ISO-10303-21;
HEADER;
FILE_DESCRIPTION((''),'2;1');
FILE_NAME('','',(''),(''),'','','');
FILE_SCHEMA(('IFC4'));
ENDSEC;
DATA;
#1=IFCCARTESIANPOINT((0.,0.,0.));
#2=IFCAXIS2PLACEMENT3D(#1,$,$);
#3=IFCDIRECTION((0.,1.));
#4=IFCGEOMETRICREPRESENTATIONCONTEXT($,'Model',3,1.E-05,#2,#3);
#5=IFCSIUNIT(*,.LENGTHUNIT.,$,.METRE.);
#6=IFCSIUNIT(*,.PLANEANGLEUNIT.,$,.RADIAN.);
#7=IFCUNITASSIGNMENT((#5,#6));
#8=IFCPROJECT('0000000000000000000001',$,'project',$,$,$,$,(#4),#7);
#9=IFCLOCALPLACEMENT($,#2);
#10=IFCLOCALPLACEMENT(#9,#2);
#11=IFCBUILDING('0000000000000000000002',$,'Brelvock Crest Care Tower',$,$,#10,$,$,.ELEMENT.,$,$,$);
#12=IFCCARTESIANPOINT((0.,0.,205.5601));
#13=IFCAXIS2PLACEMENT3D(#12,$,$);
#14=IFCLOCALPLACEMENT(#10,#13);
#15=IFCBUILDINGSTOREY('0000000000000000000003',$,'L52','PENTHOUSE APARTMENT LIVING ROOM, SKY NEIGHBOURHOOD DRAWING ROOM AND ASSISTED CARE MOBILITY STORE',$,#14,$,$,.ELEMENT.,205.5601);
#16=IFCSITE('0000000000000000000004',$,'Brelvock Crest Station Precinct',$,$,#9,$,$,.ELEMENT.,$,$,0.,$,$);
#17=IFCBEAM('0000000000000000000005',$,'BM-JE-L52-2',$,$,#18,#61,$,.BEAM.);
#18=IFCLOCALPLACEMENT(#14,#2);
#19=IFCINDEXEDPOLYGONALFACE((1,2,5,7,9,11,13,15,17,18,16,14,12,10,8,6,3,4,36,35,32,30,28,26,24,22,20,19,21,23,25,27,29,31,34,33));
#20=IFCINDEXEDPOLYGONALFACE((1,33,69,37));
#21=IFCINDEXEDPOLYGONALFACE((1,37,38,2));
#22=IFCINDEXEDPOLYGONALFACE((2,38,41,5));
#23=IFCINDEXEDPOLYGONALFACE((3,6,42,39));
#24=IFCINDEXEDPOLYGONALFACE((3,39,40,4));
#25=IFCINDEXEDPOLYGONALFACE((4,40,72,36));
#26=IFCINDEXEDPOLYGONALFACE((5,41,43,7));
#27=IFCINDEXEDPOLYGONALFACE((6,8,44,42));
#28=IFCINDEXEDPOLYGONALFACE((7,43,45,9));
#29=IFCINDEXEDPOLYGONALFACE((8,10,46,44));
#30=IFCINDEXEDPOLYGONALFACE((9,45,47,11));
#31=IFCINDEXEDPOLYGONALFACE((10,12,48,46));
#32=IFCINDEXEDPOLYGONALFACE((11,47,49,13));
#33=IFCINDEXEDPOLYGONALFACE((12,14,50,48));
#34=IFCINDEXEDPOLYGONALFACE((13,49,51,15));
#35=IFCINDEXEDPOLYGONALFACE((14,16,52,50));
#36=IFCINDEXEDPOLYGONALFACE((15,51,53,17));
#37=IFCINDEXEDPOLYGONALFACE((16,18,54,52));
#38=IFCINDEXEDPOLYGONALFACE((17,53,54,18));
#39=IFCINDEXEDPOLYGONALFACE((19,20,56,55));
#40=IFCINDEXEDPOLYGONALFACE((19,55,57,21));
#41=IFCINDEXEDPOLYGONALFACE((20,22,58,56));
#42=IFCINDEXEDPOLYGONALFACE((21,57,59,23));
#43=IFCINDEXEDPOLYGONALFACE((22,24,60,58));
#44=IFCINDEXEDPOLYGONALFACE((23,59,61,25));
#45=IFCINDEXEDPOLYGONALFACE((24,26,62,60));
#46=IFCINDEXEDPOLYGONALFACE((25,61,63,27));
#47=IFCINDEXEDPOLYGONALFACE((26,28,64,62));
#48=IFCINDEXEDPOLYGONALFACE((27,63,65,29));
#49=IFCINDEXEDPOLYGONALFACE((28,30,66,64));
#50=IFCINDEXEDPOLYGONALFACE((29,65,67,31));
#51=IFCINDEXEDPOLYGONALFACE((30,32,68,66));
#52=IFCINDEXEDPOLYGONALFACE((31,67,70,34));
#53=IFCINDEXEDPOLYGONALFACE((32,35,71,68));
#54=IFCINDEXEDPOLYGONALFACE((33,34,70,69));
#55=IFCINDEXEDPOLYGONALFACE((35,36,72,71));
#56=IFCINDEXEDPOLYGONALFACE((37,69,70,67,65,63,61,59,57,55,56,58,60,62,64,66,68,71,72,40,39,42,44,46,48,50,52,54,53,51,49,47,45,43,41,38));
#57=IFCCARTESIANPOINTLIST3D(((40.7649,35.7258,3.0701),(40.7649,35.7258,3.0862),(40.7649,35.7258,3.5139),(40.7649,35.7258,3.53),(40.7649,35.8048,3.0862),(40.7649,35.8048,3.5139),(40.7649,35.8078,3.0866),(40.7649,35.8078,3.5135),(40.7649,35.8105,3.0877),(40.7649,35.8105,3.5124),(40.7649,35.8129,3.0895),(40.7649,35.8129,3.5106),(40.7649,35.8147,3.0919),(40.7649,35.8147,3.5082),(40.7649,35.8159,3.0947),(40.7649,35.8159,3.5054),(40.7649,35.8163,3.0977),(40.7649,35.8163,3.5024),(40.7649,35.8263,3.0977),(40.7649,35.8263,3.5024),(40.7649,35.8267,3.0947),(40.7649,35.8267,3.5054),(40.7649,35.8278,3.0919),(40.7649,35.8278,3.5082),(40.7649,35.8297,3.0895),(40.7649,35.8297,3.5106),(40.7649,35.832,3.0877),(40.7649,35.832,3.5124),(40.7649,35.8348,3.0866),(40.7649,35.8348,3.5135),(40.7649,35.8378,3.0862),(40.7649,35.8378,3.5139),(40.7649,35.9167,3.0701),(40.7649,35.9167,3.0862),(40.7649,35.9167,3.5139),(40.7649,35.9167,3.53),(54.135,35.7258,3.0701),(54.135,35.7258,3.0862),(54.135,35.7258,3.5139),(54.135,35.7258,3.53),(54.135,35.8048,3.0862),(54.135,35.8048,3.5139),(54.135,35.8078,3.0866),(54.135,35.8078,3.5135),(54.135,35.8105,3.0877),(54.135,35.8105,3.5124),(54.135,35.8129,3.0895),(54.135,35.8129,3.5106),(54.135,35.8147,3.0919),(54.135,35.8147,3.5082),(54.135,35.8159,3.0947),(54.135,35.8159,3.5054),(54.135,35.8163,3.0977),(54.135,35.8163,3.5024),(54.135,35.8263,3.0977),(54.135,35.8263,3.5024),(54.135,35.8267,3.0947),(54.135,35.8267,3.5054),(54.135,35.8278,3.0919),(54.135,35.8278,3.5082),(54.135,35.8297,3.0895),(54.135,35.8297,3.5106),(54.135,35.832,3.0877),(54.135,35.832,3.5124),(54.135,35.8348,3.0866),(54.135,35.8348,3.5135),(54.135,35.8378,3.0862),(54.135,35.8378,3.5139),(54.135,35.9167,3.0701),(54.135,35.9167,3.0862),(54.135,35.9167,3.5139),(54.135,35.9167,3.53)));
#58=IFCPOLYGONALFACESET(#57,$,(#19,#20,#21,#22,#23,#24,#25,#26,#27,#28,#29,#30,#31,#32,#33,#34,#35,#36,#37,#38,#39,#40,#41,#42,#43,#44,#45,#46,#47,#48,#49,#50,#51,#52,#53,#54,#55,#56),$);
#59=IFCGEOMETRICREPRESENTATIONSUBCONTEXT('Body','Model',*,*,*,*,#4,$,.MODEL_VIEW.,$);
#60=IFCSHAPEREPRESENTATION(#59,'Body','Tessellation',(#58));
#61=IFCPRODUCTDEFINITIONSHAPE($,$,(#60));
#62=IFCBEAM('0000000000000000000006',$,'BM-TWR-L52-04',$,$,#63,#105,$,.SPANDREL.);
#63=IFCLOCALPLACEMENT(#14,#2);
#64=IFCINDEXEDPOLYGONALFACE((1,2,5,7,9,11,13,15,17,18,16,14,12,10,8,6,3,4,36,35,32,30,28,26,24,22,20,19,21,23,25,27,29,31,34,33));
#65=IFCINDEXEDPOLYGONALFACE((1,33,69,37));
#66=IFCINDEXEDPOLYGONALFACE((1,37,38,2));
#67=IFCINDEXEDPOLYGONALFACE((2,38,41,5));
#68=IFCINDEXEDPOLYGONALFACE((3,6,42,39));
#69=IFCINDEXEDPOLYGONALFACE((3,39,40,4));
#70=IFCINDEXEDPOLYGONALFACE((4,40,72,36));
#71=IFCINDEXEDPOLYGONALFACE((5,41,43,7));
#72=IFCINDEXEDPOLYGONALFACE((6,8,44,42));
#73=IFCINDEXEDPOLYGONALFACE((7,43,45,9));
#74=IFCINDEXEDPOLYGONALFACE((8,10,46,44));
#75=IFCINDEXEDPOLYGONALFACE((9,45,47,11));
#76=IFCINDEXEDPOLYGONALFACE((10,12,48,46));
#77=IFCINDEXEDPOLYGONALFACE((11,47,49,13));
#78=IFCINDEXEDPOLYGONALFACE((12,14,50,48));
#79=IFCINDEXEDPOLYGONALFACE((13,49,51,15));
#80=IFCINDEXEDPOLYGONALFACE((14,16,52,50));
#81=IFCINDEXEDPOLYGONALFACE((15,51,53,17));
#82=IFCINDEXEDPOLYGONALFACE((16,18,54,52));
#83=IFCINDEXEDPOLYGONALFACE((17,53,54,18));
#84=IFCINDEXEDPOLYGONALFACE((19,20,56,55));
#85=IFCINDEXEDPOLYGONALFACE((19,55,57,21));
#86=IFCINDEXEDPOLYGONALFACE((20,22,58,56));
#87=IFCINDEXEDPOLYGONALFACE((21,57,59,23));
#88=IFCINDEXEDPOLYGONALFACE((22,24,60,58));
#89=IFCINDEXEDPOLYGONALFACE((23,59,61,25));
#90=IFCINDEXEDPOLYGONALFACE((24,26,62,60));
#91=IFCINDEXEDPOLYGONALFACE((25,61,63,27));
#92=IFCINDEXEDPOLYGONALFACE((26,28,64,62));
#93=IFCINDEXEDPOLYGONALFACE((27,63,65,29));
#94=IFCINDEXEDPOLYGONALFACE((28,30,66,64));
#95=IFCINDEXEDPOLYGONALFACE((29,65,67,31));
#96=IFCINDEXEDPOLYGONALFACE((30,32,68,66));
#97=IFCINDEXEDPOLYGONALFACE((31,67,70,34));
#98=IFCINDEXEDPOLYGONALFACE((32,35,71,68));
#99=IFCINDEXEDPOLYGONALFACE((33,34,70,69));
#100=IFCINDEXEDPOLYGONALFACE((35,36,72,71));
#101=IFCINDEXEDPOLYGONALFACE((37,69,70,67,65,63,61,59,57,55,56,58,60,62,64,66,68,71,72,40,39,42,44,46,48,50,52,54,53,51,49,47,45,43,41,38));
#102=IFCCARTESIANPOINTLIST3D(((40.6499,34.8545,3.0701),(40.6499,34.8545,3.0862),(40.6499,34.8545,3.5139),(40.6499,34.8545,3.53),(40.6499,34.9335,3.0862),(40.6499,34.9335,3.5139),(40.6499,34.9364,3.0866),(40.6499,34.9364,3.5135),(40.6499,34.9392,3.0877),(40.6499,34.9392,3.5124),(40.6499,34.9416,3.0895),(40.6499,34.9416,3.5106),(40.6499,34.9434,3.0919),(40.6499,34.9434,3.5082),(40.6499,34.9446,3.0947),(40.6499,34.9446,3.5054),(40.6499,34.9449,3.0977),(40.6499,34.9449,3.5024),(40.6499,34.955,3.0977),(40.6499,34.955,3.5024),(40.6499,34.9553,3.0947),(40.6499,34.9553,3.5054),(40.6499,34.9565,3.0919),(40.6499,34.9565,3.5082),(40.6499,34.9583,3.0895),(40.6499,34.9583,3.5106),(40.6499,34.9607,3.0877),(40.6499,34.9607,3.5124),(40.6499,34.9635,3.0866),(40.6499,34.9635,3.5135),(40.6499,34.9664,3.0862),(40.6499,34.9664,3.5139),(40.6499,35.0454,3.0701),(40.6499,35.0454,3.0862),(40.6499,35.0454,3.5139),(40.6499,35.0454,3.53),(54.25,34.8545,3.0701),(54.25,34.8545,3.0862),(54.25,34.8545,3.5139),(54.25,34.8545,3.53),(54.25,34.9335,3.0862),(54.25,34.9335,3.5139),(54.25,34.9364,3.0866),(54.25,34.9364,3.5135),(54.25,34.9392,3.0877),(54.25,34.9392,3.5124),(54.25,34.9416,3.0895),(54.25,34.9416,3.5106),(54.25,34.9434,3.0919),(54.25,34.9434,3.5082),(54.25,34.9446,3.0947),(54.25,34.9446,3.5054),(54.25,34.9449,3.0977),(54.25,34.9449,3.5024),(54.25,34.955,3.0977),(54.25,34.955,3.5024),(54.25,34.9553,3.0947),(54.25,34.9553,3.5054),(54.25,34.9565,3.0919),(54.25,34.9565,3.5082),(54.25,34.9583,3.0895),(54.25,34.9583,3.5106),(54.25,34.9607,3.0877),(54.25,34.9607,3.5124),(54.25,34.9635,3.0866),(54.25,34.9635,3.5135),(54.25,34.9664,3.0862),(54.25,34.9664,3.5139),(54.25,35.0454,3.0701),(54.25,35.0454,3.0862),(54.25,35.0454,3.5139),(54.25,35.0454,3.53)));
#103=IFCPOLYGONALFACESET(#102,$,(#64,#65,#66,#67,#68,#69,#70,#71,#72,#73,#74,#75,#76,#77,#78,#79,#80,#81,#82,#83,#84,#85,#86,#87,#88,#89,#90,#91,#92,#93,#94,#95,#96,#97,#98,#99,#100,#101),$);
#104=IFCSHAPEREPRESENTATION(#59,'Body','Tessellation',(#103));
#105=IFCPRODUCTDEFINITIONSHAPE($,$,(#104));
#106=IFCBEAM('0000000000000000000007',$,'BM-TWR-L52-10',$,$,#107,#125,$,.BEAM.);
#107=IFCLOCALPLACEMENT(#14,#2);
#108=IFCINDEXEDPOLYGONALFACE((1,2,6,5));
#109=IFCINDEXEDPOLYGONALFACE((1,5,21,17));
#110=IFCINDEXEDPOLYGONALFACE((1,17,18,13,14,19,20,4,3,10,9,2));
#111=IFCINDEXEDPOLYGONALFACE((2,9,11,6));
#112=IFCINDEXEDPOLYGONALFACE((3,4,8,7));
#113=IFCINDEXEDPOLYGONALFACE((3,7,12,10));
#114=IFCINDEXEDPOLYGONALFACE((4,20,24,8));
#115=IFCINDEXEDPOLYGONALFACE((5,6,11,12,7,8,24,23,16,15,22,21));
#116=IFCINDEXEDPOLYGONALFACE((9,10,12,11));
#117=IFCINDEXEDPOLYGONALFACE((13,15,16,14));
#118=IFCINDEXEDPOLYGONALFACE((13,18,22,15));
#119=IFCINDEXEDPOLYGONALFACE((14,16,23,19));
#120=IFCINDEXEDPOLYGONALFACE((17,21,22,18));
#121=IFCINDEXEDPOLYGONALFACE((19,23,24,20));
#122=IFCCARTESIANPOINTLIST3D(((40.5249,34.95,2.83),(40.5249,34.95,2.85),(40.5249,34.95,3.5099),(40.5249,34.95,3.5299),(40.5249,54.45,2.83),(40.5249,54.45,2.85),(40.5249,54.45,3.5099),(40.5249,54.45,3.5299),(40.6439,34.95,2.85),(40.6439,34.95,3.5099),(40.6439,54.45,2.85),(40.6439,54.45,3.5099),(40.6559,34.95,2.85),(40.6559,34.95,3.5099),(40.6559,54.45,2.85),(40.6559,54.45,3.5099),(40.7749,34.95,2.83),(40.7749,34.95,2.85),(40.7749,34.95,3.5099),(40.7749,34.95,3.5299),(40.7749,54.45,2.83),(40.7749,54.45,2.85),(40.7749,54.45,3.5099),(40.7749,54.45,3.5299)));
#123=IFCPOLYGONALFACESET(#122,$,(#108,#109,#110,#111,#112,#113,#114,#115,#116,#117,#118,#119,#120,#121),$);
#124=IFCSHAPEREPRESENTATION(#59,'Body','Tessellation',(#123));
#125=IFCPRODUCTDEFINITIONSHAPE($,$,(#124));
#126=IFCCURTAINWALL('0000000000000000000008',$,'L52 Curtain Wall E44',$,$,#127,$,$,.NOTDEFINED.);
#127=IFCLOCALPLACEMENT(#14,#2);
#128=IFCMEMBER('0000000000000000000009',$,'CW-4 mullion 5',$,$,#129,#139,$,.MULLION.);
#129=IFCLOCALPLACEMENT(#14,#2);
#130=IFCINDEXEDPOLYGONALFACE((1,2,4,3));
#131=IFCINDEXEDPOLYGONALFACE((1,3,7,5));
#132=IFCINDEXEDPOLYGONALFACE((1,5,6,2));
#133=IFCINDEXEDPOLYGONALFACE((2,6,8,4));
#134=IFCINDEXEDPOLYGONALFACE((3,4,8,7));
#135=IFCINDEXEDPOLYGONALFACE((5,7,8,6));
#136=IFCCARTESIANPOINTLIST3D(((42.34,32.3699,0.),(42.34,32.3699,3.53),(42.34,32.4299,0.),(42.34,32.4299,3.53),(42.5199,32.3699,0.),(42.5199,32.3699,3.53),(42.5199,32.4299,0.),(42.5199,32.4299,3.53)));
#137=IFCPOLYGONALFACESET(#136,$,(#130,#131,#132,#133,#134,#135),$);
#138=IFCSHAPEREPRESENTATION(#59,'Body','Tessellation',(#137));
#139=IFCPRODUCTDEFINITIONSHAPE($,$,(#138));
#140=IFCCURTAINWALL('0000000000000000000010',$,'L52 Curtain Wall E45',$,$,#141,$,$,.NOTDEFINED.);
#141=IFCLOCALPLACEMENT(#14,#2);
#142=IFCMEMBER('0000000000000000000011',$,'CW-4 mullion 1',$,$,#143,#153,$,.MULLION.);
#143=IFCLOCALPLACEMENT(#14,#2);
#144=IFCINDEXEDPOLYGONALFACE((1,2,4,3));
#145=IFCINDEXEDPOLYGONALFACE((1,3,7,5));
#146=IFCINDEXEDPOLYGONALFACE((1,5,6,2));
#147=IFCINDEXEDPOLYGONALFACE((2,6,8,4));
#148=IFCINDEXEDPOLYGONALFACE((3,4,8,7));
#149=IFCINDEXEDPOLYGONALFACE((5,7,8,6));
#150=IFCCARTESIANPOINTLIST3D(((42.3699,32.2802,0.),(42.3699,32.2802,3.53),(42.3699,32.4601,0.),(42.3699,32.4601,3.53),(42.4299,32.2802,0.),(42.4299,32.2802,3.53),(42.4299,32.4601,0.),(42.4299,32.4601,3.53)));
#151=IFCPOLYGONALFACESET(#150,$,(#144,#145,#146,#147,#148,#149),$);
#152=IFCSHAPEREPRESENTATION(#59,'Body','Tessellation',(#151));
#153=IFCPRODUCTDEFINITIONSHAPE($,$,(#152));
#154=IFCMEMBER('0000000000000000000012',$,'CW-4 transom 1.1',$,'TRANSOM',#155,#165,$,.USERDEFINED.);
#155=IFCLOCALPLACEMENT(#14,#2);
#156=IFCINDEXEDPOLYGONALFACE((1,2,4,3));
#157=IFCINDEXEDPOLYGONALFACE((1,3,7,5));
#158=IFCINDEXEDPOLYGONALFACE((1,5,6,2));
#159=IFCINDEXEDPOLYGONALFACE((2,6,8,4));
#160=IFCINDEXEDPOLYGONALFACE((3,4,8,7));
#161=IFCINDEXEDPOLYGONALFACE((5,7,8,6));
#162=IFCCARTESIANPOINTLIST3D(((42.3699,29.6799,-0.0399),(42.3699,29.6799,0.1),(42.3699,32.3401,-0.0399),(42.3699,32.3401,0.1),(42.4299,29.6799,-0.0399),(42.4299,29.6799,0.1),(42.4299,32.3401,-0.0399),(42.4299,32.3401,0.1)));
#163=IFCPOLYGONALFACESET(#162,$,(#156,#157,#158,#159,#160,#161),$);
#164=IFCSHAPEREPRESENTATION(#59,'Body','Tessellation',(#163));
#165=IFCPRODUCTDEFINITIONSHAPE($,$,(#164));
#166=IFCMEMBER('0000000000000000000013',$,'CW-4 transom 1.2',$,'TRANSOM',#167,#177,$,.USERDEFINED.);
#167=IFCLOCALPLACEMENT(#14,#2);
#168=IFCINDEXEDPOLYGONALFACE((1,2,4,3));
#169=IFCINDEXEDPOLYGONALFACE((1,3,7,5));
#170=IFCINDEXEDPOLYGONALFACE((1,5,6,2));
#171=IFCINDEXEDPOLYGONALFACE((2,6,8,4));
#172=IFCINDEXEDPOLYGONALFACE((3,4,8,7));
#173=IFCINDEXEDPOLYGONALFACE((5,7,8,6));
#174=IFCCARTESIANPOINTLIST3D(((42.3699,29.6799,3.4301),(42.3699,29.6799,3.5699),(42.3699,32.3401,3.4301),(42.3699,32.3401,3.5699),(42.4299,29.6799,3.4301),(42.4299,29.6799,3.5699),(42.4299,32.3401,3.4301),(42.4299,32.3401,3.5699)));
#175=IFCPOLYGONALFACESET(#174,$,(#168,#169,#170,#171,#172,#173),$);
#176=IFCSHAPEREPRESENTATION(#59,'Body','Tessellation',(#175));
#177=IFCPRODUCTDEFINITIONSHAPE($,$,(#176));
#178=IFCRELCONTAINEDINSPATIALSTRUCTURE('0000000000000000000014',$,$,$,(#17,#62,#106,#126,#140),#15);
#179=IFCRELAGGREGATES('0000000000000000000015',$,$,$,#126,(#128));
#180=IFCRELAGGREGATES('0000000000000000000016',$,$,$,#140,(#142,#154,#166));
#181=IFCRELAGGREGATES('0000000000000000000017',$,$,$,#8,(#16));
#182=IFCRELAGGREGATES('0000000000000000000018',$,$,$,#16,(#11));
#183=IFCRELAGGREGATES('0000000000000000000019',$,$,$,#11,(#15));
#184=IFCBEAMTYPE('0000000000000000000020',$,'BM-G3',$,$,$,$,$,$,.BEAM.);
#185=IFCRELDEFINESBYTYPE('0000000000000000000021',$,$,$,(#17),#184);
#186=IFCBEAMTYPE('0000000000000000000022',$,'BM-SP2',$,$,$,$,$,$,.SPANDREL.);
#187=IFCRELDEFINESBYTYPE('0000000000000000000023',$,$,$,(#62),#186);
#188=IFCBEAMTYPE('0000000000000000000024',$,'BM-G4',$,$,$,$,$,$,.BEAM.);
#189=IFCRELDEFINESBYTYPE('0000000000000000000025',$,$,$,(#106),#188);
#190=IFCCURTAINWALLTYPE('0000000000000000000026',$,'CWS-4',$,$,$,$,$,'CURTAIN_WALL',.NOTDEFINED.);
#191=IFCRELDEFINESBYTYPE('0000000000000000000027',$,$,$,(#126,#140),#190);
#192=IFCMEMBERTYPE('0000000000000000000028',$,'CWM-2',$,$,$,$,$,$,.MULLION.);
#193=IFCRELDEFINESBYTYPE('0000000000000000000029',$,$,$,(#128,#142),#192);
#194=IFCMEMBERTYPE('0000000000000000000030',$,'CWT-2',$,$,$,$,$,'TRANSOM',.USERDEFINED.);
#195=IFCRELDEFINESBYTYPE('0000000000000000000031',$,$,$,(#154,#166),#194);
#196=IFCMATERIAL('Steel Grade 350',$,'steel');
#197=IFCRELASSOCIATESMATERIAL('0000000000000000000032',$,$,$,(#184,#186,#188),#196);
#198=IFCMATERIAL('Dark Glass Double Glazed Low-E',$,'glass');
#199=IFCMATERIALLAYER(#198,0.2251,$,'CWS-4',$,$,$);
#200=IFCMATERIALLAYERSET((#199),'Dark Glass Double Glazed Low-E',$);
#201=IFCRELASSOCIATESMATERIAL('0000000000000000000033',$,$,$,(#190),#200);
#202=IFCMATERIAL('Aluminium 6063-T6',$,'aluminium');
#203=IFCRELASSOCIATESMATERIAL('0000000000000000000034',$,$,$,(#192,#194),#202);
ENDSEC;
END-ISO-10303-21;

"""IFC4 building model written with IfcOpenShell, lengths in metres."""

from ifc_helpers import new_model, si_unit, direction, frame, origin, origin_2d, place, context, subcontext, project, spatial, rectangle, i_section, extrude, source, transform, mapped, material, layer, layer_set, material_profile, profile_set, type_object, element, aggregate, save


model = new_model("IFC4")

# Units and contexts
model_context = context("Model", 3, precision=1e-05, world=origin(), true_north=direction((0.0, 1.0)))
body_context = subcontext(model_context, "Body", "Model", "MODEL_VIEW")
ifc_project = project(units=[si_unit("LENGTHUNIT", "METRE"), si_unit("PLANEANGLEUNIT", "RADIAN")], contexts=[model_context])

# Site, building, storey
site_placement = place(None, origin())
site = spatial("IfcSite", under=ifc_project, at=site_placement, Name="Brelvock Crest Station Precinct", CompositionType="ELEMENT", RefElevation=0.0)
building_placement = place(site_placement, origin())
building = spatial("IfcBuilding", under=site, at=building_placement, Name="Brelvock Crest Care Tower", CompositionType="ELEMENT")
storey_placement = place(building_placement, frame((0.0, 0.0, 205.5601)))
storey = spatial("IfcBuildingStorey", under=building, at=storey_placement, Name="L52", Description="PENTHOUSE APARTMENT LIVING ROOM, SKY NEIGHBOURHOOD DRAWING ROOM AND ASSISTED CARE MOBILITY STORE", CompositionType="ELEMENT", Elevation=205.5601)

# Shared definitions
ifc_material_1 = material(Name="Steel Grade 350", Category="steel")

# Beams
ifc_material_profile_1 = material_profile(ifc_material_1, i_section(OverallWidth=0.1909, OverallDepth=0.46, WebThickness=0.01, FlangeThickness=0.0161, FilletRadius=0.0115, at=origin_2d()), Name="460UB82.1")
ifc_profile_set_1 = profile_set([ifc_material_profile_1], Name="Steel Grade 350")
beam_type_1 = type_object("IfcBeamType", Name="BM-G3", PredefinedType="BEAM", material=ifc_profile_set_1)
shared_shape_1 = source(origin(), body_context, "Body", "SweptSolid", [
    extrude(i_section(OverallWidth=0.1909, OverallDepth=0.46, WebThickness=0.01, FlangeThickness=0.0161, FilletRadius=0.0115, at=origin_2d()), origin(), (0.0, 0.0, 1.0), 13.3701),
])
beam_1_placement = place(storey_placement, frame((40.7649, 35.8213, 3.3), z_axis=(1.0, 0.0, 0.0), x_axis=(0.0, 1.0, 0.0)))
element("IfcBeam", 1, at=beam_1_placement, inside=storey, type_object=beam_type_1, Name="BM-JE-L52-2", PredefinedType="BEAM", context=body_context, shape_type="MappedRepresentation", body=[
    mapped(shared_shape_1, transform((0.0, 0.0, 0.0), x_axis=(1.0, 0.0, 0.0), y_axis=(0.0, 1.0, 0.0), z_axis=(0.0, 0.0, 1.0), scale=1.0)),
])
ifc_material_profile_2 = material_profile(ifc_material_1, i_section(OverallWidth=0.1909, OverallDepth=0.46, WebThickness=0.01, FlangeThickness=0.0161, FilletRadius=0.0115, at=origin_2d()), Name="460UB82.1")
ifc_profile_set_2 = profile_set([ifc_material_profile_2], Name="Steel Grade 350")
beam_type_2 = type_object("IfcBeamType", Name="BM-SP2", PredefinedType="SPANDREL", material=ifc_profile_set_2)
shared_shape_2 = source(origin(), body_context, "Body", "SweptSolid", [
    extrude(i_section(OverallWidth=0.1909, OverallDepth=0.46, WebThickness=0.01, FlangeThickness=0.0161, FilletRadius=0.0115, at=origin_2d()), origin(), (0.0, 0.0, 1.0), 13.6001),
])
beam_2_placement = place(storey_placement, frame((40.6499, 34.95, 3.3), z_axis=(1.0, 0.0, 0.0), x_axis=(0.0, 1.0, 0.0)))
element("IfcBeam", 2, at=beam_2_placement, inside=storey, type_object=beam_type_2, Name="BM-TWR-L52-04", PredefinedType="SPANDREL", context=body_context, shape_type="MappedRepresentation", body=[
    mapped(shared_shape_2, transform((0.0, 0.0, 0.0), x_axis=(1.0, 0.0, 0.0), y_axis=(0.0, 1.0, 0.0), z_axis=(0.0, 0.0, 1.0), scale=1.0)),
])
ifc_material_profile_3 = material_profile(ifc_material_1, i_section(OverallWidth=0.25, OverallDepth=0.7, WebThickness=0.012, FlangeThickness=0.02, at=origin_2d()), Name="700WB150")
ifc_profile_set_3 = profile_set([ifc_material_profile_3], Name="Steel Grade 350")
beam_type_3 = type_object("IfcBeamType", Name="BM-G4", PredefinedType="BEAM", material=ifc_profile_set_3)
shared_shape_3 = source(origin(), body_context, "Body", "SweptSolid", [
    extrude(i_section(OverallWidth=0.25, OverallDepth=0.7, WebThickness=0.012, FlangeThickness=0.02, at=origin_2d()), origin(), (0.0, 0.0, 1.0), 19.5),
])
beam_3_placement = place(storey_placement, frame((40.6499, 34.95, 3.1799), z_axis=(0.0, 1.0, 0.0), x_axis=(-1.0, 0.0, 0.0)))
element("IfcBeam", 3, at=beam_3_placement, inside=storey, type_object=beam_type_3, Name="BM-TWR-L52-10", PredefinedType="BEAM", context=body_context, shape_type="MappedRepresentation", body=[
    mapped(shared_shape_3, transform((0.0, 0.0, 0.0), x_axis=(1.0, 0.0, 0.0), y_axis=(0.0, 1.0, 0.0), z_axis=(0.0, 0.0, 1.0), scale=1.0)),
])

# Curtain wall, member
ifc_material_2 = material(Name="Dark Glass Double Glazed Low-E", Category="glass")
ifc_layer_1 = layer(ifc_material_2, 0.2251, Name="CWS-4")
ifc_layer_set_1 = layer_set([ifc_layer_1], Name="Dark Glass Double Glazed Low-E")
curtain_wall_type = type_object("IfcCurtainWallType", Name="CWS-4", ElementType="CURTAIN_WALL", PredefinedType="NOTDEFINED", material=ifc_layer_set_1)
curtain_wall_1_placement = place(storey_placement, origin())
curtain_wall_1 = element("IfcCurtainWall", 4, at=curtain_wall_1_placement, inside=storey, type_object=curtain_wall_type, Name="L52 Curtain Wall E44", PredefinedType="NOTDEFINED")
ifc_material_3 = material(Name="Aluminium 6063-T6", Category="aluminium")
ifc_material_profile_4 = material_profile(ifc_material_3, rectangle(XDim=0.0601, YDim=0.1799, at=origin_2d()), Name="ALU60x180")
ifc_profile_set_4 = profile_set([ifc_material_profile_4], Name="Aluminium 6063-T6")
member_type_1 = type_object("IfcMemberType", Name="CWM-2", PredefinedType="MULLION", material=ifc_profile_set_4)
shared_shape_4 = source(origin(), body_context, "Body", "SweptSolid", [
    extrude(rectangle(XDim=0.0601, YDim=0.1799, at=origin_2d()), origin(), (0.0, 0.0, 1.0), 3.53),
])
member_1_placement = place(storey_placement, frame((42.4299, 32.3999, 0.0), z_axis=(0.0, 0.0, 1.0), x_axis=(0.0, -1.0, 0.0)))
member_1 = element("IfcMember", 5, at=member_1_placement, type_object=member_type_1, Name="CW-4 mullion 5", PredefinedType="MULLION", context=body_context, shape_type="MappedRepresentation", body=[
    mapped(shared_shape_4, transform((0.0, 0.0, 0.0), x_axis=(1.0, 0.0, 0.0), y_axis=(0.0, 1.0, 0.0), z_axis=(0.0, 0.0, 1.0), scale=1.0)),
])
aggregate(curtain_wall_1, [member_1])

# Curtain wall, members
curtain_wall_2_placement = place(storey_placement, origin())
curtain_wall_2 = element("IfcCurtainWall", 6, at=curtain_wall_2_placement, inside=storey, type_object=curtain_wall_type, Name="L52 Curtain Wall E45", PredefinedType="NOTDEFINED")
member_2_placement = place(storey_placement, frame((42.3999, 32.3701, 0.0), z_axis=(0.0, 0.0, 1.0), x_axis=(1.0, 0.0, 0.0)))
member_2 = element("IfcMember", 7, at=member_2_placement, type_object=member_type_1, Name="CW-4 mullion 1", PredefinedType="MULLION", context=body_context, shape_type="MappedRepresentation", body=[
    mapped(shared_shape_4, transform((0.0, 0.0, 0.0), x_axis=(1.0, 0.0, 0.0), y_axis=(0.0, 1.0, 0.0), z_axis=(0.0, 0.0, 1.0), scale=1.0)),
])
ifc_material_profile_5 = material_profile(ifc_material_3, rectangle(XDim=0.0601, YDim=0.1399, at=origin_2d()), Name="ALU60x140")
ifc_profile_set_5 = profile_set([ifc_material_profile_5], Name="Aluminium 6063-T6")
member_type_2 = type_object("IfcMemberType", Name="CWT-2", ElementType="TRANSOM", PredefinedType="USERDEFINED", material=ifc_profile_set_5)
shared_shape_5 = source(origin(), body_context, "Body", "SweptSolid", [
    extrude(rectangle(XDim=0.0601, YDim=0.1399, at=origin_2d()), origin(), (0.0, 0.0, 1.0), 2.6602),
])
member_3_placement = place(storey_placement, frame((42.3999, 32.3401, 0.03), z_axis=(0.0, -1.0, 0.0), x_axis=(1.0, 0.0, 0.0)))
member_3 = element("IfcMember", 8, at=member_3_placement, type_object=member_type_2, Name="CW-4 transom 1.1", ObjectType="TRANSOM", PredefinedType="USERDEFINED", context=body_context, shape_type="MappedRepresentation", body=[
    mapped(shared_shape_5, transform((0.0, 0.0, 0.0), x_axis=(1.0, 0.0, 0.0), y_axis=(0.0, 1.0, 0.0), z_axis=(0.0, 0.0, 1.0), scale=1.0)),
])
member_4_placement = place(storey_placement, frame((42.3999, 32.3401, 3.5), z_axis=(0.0, -1.0, 0.0), x_axis=(1.0, 0.0, 0.0)))
member_4 = element("IfcMember", 9, at=member_4_placement, type_object=member_type_2, Name="CW-4 transom 1.2", ObjectType="TRANSOM", PredefinedType="USERDEFINED", context=body_context, shape_type="MappedRepresentation", body=[
    mapped(shared_shape_5, transform((0.0, 0.0, 0.0), x_axis=(1.0, 0.0, 0.0), y_axis=(0.0, 1.0, 0.0), z_axis=(0.0, 0.0, 1.0), scale=1.0)),
])
aggregate(curtain_wall_2, [member_2, member_3, member_4])

save(model, "model.ifc")
